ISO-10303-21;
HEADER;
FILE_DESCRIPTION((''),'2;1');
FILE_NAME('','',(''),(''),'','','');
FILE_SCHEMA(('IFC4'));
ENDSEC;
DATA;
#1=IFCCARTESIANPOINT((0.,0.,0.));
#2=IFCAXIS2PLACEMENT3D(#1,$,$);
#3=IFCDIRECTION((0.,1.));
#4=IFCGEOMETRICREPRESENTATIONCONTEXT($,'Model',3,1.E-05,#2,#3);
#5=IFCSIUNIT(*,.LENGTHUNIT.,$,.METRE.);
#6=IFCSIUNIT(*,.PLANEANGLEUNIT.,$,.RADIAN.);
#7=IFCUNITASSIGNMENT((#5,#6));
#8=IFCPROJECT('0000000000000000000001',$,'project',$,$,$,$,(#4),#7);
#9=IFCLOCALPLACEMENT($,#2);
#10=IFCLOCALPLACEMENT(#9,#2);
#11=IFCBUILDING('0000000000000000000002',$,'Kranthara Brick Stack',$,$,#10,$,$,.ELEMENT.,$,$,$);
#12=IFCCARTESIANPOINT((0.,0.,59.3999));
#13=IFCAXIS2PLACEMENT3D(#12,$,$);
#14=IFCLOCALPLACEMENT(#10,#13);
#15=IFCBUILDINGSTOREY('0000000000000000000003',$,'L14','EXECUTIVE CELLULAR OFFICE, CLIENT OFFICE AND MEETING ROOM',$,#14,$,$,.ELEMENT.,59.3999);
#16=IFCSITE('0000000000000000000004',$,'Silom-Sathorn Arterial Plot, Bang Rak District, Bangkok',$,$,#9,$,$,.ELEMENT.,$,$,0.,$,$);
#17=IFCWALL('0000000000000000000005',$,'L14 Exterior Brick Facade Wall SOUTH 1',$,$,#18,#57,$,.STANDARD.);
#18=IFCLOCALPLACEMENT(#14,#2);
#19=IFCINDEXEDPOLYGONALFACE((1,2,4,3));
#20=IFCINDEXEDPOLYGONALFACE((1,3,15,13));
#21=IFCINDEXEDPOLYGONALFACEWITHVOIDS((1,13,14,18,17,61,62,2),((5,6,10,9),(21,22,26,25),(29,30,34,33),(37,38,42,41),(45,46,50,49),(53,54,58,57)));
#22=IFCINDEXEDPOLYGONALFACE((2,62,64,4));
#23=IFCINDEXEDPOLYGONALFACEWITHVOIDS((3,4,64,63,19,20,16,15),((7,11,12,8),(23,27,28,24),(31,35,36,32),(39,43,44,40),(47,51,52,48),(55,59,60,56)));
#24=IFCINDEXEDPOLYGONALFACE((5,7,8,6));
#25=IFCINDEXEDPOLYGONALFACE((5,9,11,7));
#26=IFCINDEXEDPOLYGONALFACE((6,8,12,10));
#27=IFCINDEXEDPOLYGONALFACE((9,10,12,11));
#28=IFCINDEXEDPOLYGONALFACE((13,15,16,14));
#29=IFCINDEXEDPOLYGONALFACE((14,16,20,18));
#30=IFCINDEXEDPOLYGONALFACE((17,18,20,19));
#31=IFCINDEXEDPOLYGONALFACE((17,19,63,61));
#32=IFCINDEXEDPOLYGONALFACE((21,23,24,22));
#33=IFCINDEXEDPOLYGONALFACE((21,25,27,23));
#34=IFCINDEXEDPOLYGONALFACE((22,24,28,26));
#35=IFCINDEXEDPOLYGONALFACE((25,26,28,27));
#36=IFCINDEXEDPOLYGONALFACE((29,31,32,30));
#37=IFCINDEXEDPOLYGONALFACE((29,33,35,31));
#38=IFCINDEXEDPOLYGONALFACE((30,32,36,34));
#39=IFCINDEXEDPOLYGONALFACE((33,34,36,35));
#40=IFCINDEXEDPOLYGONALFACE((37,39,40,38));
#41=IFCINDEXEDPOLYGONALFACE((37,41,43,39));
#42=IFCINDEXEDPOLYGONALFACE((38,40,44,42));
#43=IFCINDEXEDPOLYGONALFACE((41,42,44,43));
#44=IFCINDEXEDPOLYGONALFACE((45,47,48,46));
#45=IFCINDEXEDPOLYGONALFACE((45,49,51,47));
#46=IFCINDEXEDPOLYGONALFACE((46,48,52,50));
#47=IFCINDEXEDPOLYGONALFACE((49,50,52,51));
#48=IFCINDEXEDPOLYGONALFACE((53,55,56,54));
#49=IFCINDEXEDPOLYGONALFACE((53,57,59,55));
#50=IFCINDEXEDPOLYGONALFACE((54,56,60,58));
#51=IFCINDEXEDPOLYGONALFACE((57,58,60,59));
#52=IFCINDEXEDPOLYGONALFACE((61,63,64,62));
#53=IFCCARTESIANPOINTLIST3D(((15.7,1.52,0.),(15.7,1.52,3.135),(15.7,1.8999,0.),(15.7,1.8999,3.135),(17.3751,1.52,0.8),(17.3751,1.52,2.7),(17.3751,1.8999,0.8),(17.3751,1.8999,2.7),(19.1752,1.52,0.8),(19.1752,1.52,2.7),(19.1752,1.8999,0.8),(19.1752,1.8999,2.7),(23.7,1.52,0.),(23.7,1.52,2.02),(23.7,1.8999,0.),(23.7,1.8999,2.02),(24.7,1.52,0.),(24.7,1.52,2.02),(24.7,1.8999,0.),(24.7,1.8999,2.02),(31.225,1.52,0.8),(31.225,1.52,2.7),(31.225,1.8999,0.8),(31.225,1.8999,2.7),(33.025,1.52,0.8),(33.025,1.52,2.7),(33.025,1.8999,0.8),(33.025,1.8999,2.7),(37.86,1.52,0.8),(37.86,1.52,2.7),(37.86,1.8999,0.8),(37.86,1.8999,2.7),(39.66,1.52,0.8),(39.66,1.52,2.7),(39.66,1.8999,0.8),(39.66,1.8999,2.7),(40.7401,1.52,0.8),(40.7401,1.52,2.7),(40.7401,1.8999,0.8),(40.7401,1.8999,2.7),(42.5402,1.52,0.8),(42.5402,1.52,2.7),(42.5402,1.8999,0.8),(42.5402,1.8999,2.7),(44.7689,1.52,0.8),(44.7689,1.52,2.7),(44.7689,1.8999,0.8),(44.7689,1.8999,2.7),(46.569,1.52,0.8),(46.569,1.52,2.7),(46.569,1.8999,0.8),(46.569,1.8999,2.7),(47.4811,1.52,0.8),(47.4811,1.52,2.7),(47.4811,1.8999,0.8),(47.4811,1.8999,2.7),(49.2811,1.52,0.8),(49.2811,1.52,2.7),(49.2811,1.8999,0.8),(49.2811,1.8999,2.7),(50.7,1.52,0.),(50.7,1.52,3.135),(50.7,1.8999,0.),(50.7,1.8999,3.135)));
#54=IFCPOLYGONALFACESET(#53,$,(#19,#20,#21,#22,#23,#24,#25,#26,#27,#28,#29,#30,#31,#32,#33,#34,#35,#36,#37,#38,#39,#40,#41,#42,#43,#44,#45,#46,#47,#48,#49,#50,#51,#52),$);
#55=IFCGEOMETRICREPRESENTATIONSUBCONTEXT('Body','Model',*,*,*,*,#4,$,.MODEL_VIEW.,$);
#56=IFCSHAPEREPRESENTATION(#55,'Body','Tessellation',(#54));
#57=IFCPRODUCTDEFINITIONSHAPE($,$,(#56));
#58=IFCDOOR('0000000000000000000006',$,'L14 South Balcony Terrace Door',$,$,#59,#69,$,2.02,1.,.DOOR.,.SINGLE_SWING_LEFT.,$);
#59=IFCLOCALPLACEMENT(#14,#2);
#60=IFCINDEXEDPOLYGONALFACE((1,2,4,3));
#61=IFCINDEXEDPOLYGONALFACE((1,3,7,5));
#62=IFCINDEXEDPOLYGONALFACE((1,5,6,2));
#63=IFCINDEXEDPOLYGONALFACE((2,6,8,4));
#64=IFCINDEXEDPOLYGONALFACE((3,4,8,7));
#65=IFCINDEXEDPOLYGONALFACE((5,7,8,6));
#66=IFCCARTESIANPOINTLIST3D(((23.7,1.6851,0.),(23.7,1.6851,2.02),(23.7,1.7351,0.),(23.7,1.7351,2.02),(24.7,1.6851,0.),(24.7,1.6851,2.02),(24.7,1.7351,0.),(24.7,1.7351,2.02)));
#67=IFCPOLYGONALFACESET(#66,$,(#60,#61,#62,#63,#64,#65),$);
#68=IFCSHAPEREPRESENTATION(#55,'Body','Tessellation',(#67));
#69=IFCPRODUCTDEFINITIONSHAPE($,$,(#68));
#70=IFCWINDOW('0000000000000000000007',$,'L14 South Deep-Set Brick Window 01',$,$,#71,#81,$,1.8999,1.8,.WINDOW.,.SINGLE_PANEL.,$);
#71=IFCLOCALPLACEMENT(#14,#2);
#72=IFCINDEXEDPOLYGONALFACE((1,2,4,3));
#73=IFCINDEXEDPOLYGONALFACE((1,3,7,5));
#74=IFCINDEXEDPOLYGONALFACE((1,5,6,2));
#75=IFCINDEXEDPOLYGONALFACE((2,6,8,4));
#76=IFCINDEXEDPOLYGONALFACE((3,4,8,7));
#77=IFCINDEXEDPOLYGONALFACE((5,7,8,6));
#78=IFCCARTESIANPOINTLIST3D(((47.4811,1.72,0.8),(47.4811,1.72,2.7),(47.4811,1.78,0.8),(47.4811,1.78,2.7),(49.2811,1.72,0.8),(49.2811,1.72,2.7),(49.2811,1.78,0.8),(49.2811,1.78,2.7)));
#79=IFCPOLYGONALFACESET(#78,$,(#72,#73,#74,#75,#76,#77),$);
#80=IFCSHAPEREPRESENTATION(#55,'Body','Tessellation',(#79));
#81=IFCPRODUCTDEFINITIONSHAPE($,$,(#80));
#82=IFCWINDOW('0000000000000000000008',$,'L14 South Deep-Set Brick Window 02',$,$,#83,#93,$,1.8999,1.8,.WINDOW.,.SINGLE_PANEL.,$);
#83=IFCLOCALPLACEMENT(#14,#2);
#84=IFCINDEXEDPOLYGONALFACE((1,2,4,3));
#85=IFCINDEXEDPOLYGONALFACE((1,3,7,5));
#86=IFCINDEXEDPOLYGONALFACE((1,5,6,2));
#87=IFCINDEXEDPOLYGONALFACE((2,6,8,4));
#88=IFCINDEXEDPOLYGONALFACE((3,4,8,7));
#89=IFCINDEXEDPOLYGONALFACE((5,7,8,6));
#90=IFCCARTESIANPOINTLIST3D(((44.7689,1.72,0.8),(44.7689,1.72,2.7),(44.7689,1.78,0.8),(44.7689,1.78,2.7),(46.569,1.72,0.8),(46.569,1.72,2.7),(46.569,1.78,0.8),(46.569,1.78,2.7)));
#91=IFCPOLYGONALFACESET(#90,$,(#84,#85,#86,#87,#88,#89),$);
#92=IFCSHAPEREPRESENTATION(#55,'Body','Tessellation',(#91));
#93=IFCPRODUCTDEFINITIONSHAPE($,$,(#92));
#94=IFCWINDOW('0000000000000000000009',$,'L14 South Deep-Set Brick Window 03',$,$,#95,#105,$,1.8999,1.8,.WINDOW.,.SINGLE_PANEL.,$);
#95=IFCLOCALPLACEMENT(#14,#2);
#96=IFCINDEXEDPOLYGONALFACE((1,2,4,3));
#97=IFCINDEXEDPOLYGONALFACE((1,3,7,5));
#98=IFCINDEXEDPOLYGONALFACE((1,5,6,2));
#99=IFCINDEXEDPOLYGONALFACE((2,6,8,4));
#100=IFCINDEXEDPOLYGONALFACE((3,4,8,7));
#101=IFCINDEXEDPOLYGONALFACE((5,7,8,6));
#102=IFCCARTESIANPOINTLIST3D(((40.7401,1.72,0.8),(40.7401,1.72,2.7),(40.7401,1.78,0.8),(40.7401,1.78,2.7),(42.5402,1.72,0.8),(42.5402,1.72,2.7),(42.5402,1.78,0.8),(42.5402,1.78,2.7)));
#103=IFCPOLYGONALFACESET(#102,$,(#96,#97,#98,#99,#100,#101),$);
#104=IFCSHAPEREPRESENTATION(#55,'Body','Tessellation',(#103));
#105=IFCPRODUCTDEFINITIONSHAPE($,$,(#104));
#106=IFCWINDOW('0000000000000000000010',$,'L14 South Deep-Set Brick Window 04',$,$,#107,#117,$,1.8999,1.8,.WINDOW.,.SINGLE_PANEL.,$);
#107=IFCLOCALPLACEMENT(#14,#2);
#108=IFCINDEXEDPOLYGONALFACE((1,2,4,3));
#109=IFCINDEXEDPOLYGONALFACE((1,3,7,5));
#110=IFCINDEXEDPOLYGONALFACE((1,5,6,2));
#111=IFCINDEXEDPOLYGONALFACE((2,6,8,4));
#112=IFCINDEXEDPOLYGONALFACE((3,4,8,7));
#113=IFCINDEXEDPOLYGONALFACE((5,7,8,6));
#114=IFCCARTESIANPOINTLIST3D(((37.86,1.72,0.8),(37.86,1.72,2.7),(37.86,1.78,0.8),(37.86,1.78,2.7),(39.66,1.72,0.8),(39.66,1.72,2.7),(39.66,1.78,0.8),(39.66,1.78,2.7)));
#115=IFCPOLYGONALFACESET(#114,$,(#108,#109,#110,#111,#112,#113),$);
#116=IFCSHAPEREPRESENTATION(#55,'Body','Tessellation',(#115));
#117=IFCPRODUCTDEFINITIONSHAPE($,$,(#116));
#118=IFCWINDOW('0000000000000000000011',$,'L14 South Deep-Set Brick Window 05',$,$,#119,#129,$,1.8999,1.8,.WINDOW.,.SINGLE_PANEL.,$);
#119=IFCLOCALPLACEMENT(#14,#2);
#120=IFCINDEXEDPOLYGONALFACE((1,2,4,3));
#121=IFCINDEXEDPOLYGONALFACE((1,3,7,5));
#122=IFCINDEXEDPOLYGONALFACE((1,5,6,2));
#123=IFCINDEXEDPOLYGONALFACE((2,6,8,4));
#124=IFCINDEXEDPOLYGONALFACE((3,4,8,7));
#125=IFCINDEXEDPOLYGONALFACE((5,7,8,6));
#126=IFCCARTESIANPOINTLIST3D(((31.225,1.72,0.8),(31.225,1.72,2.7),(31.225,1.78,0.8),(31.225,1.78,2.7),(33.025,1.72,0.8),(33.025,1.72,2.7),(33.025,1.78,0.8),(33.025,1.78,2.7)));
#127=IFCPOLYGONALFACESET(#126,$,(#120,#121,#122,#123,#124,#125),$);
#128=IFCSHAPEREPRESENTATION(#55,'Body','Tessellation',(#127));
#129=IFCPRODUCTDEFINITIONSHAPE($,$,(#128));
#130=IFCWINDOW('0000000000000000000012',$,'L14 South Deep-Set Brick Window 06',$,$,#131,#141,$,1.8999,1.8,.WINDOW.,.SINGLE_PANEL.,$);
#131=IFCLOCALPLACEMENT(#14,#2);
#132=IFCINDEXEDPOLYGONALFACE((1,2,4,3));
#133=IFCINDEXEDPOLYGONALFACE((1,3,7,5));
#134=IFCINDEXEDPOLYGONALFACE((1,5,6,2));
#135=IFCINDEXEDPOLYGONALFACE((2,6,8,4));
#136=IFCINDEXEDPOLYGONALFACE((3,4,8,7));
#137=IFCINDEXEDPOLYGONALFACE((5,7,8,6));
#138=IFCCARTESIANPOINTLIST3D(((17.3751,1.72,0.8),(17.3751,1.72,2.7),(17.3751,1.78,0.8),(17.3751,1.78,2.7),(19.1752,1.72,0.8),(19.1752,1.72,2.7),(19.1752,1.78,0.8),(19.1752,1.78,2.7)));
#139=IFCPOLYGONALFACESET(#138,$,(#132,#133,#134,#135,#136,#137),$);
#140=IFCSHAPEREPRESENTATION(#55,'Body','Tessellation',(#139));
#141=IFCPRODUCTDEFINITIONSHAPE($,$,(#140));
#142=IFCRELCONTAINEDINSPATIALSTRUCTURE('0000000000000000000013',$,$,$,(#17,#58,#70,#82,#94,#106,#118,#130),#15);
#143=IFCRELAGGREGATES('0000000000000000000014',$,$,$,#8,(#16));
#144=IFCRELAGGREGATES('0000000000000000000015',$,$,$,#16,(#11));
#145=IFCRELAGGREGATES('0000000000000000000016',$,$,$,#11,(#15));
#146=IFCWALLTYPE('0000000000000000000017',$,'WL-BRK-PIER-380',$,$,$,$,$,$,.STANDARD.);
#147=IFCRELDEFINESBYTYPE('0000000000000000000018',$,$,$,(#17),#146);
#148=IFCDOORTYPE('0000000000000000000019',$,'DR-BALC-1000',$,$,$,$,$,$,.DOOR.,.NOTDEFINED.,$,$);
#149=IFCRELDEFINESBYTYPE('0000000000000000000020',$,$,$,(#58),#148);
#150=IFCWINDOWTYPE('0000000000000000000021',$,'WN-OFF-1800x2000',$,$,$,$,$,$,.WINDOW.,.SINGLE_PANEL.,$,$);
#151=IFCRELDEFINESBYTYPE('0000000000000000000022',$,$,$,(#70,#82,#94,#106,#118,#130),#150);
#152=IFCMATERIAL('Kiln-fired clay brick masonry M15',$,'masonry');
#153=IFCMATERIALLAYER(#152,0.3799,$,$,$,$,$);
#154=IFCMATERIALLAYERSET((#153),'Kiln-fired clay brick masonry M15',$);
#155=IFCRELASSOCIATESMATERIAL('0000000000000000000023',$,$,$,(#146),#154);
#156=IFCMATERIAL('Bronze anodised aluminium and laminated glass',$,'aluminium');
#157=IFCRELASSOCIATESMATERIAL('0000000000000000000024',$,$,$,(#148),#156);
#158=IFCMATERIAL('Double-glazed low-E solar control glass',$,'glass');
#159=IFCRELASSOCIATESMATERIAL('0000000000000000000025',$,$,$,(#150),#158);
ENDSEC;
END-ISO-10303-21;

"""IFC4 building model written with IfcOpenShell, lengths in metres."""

from ifc_helpers import new_model, si_unit, direction, frame, frame_2d, origin, place, context, subcontext, project, spatial, rectangle, extrude, material, layer, layer_set, type_object, element, fill, save


model = new_model("IFC4")

# Units and contexts
model_context = context("Model", 3, precision=1e-05, world=origin(), true_north=direction((0.0, 1.0)))
body_context = subcontext(model_context, "Body", "Model", "MODEL_VIEW")
ifc_project = project(units=[si_unit("LENGTHUNIT", "METRE"), si_unit("PLANEANGLEUNIT", "RADIAN")], contexts=[model_context])

# Site, building, storey
site_placement = place(None, origin())
site = spatial("IfcSite", under=ifc_project, at=site_placement, Name="Silom-Sathorn Arterial Plot, Bang Rak District, Bangkok", CompositionType="ELEMENT", RefElevation=0.0)
building_placement = place(site_placement, origin())
building = spatial("IfcBuilding", under=site, at=building_placement, Name="Kranthara Brick Stack", CompositionType="ELEMENT")
storey_placement = place(building_placement, frame((0.0, 0.0, 59.3999)))
storey = spatial("IfcBuildingStorey", under=building, at=storey_placement, Name="L14", Description="EXECUTIVE CELLULAR OFFICE, CLIENT OFFICE AND MEETING ROOM", CompositionType="ELEMENT", Elevation=59.3999)

# Wall, openings, door, windows
ifc_material_1 = material(Name="Kiln-fired clay brick masonry M15", Category="masonry")
ifc_layer_1 = layer(ifc_material_1, 0.3799)
ifc_layer_set_1 = layer_set([ifc_layer_1], Name="Kiln-fired clay brick masonry M15")
wall_type_1 = type_object("IfcWallType", Name="WL-BRK-PIER-380", PredefinedType="STANDARD", material=ifc_layer_set_1)
wall_1_placement = place(storey_placement, frame((50.7, 1.71, 0.0), z_axis=(0.0, 0.0, 1.0), x_axis=(-1.0, 0.0, 0.0)))
wall_1 = element("IfcWall", 1, at=wall_1_placement, inside=storey, type_object=wall_type_1, Name="L14 Exterior Brick Facade Wall SOUTH 1", PredefinedType="STANDARD", context=body_context, shape_type="SweptSolid", body=[
    extrude(rectangle(XDim=35.0, YDim=0.3799, at=frame_2d((17.5, 0.0))), origin(), (0.0, 0.0, 1.0), 3.135),
])
opening_1_placement = place(wall_1_placement, frame((26.0, 0.0, 0.0)))
opening_1 = element("IfcOpeningElement", 2, at=opening_1_placement, cuts=wall_1, PredefinedType="OPENING", context=body_context, shape_type="SweptSolid", body=[
    extrude(rectangle(XDim=1.0, YDim=2.02, at=frame_2d((0.5, 1.01))), frame((0.0, 0.2, 0.0), z_axis=(0.0, -1.0, 0.0), x_axis=(1.0, 0.0, 0.0)), (0.0, 0.0, 1.0), 0.3999),
])
opening_2_placement = place(wall_1_placement, frame((1.4189, 0.0, 0.8)))
opening_2 = element("IfcOpeningElement", 3, at=opening_2_placement, cuts=wall_1, PredefinedType="OPENING", context=body_context, shape_type="SweptSolid", body=[
    extrude(rectangle(XDim=1.8, YDim=1.8999, at=frame_2d((0.8999, 0.95))), frame((0.0, 0.2, 0.0), z_axis=(0.0, -1.0, 0.0), x_axis=(1.0, 0.0, 0.0)), (0.0, 0.0, 1.0), 0.3999),
])
opening_3_placement = place(wall_1_placement, frame((4.1311, 0.0, 0.8)))
opening_3 = element("IfcOpeningElement", 4, at=opening_3_placement, cuts=wall_1, PredefinedType="OPENING", context=body_context, shape_type="SweptSolid", body=[
    extrude(rectangle(XDim=1.8, YDim=1.8999, at=frame_2d((0.8999, 0.95))), frame((0.0, 0.2, 0.0), z_axis=(0.0, -1.0, 0.0), x_axis=(1.0, 0.0, 0.0)), (0.0, 0.0, 1.0), 0.3999),
])
opening_4_placement = place(wall_1_placement, frame((8.1599, 0.0, 0.8)))
opening_4 = element("IfcOpeningElement", 5, at=opening_4_placement, cuts=wall_1, PredefinedType="OPENING", context=body_context, shape_type="SweptSolid", body=[
    extrude(rectangle(XDim=1.8, YDim=1.8999, at=frame_2d((0.8999, 0.95))), frame((0.0, 0.2, 0.0), z_axis=(0.0, -1.0, 0.0), x_axis=(1.0, 0.0, 0.0)), (0.0, 0.0, 1.0), 0.3999),
])
opening_5_placement = place(wall_1_placement, frame((11.04, 0.0, 0.8)))
opening_5 = element("IfcOpeningElement", 6, at=opening_5_placement, cuts=wall_1, PredefinedType="OPENING", context=body_context, shape_type="SweptSolid", body=[
    extrude(rectangle(XDim=1.8, YDim=1.8999, at=frame_2d((0.8999, 0.95))), frame((0.0, 0.2, 0.0), z_axis=(0.0, -1.0, 0.0), x_axis=(1.0, 0.0, 0.0)), (0.0, 0.0, 1.0), 0.3999),
])
opening_6_placement = place(wall_1_placement, frame((17.675, 0.0, 0.8)))
opening_6 = element("IfcOpeningElement", 7, at=opening_6_placement, cuts=wall_1, PredefinedType="OPENING", context=body_context, shape_type="SweptSolid", body=[
    extrude(rectangle(XDim=1.8, YDim=1.8999, at=frame_2d((0.8999, 0.95))), frame((0.0, 0.2, 0.0), z_axis=(0.0, -1.0, 0.0), x_axis=(1.0, 0.0, 0.0)), (0.0, 0.0, 1.0), 0.3999),
])
opening_7_placement = place(wall_1_placement, frame((31.5249, 0.0, 0.8)))
opening_7 = element("IfcOpeningElement", 8, at=opening_7_placement, cuts=wall_1, PredefinedType="OPENING", context=body_context, shape_type="SweptSolid", body=[
    extrude(rectangle(XDim=1.8, YDim=1.8999, at=frame_2d((0.8999, 0.95))), frame((0.0, 0.2, 0.0), z_axis=(0.0, -1.0, 0.0), x_axis=(1.0, 0.0, 0.0)), (0.0, 0.0, 1.0), 0.3999),
])
ifc_material_2 = material(Name="Bronze anodised aluminium and laminated glass", Category="aluminium")
door_type_1 = type_object("IfcDoorType", Name="DR-BALC-1000", OperationType="NOTDEFINED", PredefinedType="DOOR", material=ifc_material_2)
door_1_placement = place(opening_1_placement, origin())
door_1 = element("IfcDoor", 9, at=door_1_placement, inside=storey, type_object=door_type_1, Name="L14 South Balcony Terrace Door", OperationType="SINGLE_SWING_LEFT", OverallHeight=2.02, OverallWidth=1.0, PredefinedType="DOOR", context=body_context, shape_type="SweptSolid", body=[
    extrude(rectangle(XDim=1.0, YDim=2.02, at=frame_2d((0.5, 1.01))), frame((0.0, 0.0249, 0.0), z_axis=(0.0, -1.0, 0.0), x_axis=(1.0, 0.0, 0.0)), (0.0, 0.0, 1.0), 0.05),
])
fill(opening_1, door_1)
ifc_material_3 = material(Name="Double-glazed low-E solar control glass", Category="glass")
window_type_1 = type_object("IfcWindowType", Name="WN-OFF-1800x2000", PartitioningType="SINGLE_PANEL", PredefinedType="WINDOW", material=ifc_material_3)
window_1_placement = place(opening_2_placement, origin())
window_1 = element("IfcWindow", 10, at=window_1_placement, inside=storey, type_object=window_type_1, Name="L14 South Deep-Set Brick Window 01", OverallHeight=1.8999, OverallWidth=1.8, PartitioningType="SINGLE_PANEL", PredefinedType="WINDOW", context=body_context, shape_type="SweptSolid", body=[
    extrude(rectangle(XDim=1.8, YDim=1.8999, at=frame_2d((0.8999, 0.95))), frame((0.0, -0.01, 0.0), z_axis=(0.0, -1.0, 0.0), x_axis=(1.0, 0.0, 0.0)), (0.0, 0.0, 1.0), 0.0601),
])
fill(opening_2, window_1)
window_2_placement = place(opening_3_placement, origin())
window_2 = element("IfcWindow", 11, at=window_2_placement, inside=storey, type_object=window_type_1, Name="L14 South Deep-Set Brick Window 02", OverallHeight=1.8999, OverallWidth=1.8, PartitioningType="SINGLE_PANEL", PredefinedType="WINDOW", context=body_context, shape_type="SweptSolid", body=[
    extrude(rectangle(XDim=1.8, YDim=1.8999, at=frame_2d((0.8999, 0.95))), frame((0.0, -0.01, 0.0), z_axis=(0.0, -1.0, 0.0), x_axis=(1.0, 0.0, 0.0)), (0.0, 0.0, 1.0), 0.0601),
])
fill(opening_3, window_2)
window_3_placement = place(opening_4_placement, origin())
window_3 = element("IfcWindow", 12, at=window_3_placement, inside=storey, type_object=window_type_1, Name="L14 South Deep-Set Brick Window 03", OverallHeight=1.8999, OverallWidth=1.8, PartitioningType="SINGLE_PANEL", PredefinedType="WINDOW", context=body_context, shape_type="SweptSolid", body=[
    extrude(rectangle(XDim=1.8, YDim=1.8999, at=frame_2d((0.8999, 0.95))), frame((0.0, -0.01, 0.0), z_axis=(0.0, -1.0, 0.0), x_axis=(1.0, 0.0, 0.0)), (0.0, 0.0, 1.0), 0.0601),
])
fill(opening_4, window_3)
window_4_placement = place(opening_5_placement, origin())
window_4 = element("IfcWindow", 13, at=window_4_placement, inside=storey, type_object=window_type_1, Name="L14 South Deep-Set Brick Window 04", OverallHeight=1.8999, OverallWidth=1.8, PartitioningType="SINGLE_PANEL", PredefinedType="WINDOW", context=body_context, shape_type="SweptSolid", body=[
    extrude(rectangle(XDim=1.8, YDim=1.8999, at=frame_2d((0.8999, 0.95))), frame((0.0, -0.01, 0.0), z_axis=(0.0, -1.0, 0.0), x_axis=(1.0, 0.0, 0.0)), (0.0, 0.0, 1.0), 0.0601),
])
fill(opening_5, window_4)
window_5_placement = place(opening_6_placement, origin())
window_5 = element("IfcWindow", 14, at=window_5_placement, inside=storey, type_object=window_type_1, Name="L14 South Deep-Set Brick Window 05", OverallHeight=1.8999, OverallWidth=1.8, PartitioningType="SINGLE_PANEL", PredefinedType="WINDOW", context=body_context, shape_type="SweptSolid", body=[
    extrude(rectangle(XDim=1.8, YDim=1.8999, at=frame_2d((0.8999, 0.95))), frame((0.0, -0.01, 0.0), z_axis=(0.0, -1.0, 0.0), x_axis=(1.0, 0.0, 0.0)), (0.0, 0.0, 1.0), 0.0601),
])
fill(opening_6, window_5)
window_6_placement = place(opening_7_placement, origin())
window_6 = element("IfcWindow", 15, at=window_6_placement, inside=storey, type_object=window_type_1, Name="L14 South Deep-Set Brick Window 06", OverallHeight=1.8999, OverallWidth=1.8, PartitioningType="SINGLE_PANEL", PredefinedType="WINDOW", context=body_context, shape_type="SweptSolid", body=[
    extrude(rectangle(XDim=1.8, YDim=1.8999, at=frame_2d((0.8999, 0.95))), frame((0.0, -0.01, 0.0), z_axis=(0.0, -1.0, 0.0), x_axis=(1.0, 0.0, 0.0)), (0.0, 0.0, 1.0), 0.0601),
])
fill(opening_7, window_6)

save(model, "model.ifc")
